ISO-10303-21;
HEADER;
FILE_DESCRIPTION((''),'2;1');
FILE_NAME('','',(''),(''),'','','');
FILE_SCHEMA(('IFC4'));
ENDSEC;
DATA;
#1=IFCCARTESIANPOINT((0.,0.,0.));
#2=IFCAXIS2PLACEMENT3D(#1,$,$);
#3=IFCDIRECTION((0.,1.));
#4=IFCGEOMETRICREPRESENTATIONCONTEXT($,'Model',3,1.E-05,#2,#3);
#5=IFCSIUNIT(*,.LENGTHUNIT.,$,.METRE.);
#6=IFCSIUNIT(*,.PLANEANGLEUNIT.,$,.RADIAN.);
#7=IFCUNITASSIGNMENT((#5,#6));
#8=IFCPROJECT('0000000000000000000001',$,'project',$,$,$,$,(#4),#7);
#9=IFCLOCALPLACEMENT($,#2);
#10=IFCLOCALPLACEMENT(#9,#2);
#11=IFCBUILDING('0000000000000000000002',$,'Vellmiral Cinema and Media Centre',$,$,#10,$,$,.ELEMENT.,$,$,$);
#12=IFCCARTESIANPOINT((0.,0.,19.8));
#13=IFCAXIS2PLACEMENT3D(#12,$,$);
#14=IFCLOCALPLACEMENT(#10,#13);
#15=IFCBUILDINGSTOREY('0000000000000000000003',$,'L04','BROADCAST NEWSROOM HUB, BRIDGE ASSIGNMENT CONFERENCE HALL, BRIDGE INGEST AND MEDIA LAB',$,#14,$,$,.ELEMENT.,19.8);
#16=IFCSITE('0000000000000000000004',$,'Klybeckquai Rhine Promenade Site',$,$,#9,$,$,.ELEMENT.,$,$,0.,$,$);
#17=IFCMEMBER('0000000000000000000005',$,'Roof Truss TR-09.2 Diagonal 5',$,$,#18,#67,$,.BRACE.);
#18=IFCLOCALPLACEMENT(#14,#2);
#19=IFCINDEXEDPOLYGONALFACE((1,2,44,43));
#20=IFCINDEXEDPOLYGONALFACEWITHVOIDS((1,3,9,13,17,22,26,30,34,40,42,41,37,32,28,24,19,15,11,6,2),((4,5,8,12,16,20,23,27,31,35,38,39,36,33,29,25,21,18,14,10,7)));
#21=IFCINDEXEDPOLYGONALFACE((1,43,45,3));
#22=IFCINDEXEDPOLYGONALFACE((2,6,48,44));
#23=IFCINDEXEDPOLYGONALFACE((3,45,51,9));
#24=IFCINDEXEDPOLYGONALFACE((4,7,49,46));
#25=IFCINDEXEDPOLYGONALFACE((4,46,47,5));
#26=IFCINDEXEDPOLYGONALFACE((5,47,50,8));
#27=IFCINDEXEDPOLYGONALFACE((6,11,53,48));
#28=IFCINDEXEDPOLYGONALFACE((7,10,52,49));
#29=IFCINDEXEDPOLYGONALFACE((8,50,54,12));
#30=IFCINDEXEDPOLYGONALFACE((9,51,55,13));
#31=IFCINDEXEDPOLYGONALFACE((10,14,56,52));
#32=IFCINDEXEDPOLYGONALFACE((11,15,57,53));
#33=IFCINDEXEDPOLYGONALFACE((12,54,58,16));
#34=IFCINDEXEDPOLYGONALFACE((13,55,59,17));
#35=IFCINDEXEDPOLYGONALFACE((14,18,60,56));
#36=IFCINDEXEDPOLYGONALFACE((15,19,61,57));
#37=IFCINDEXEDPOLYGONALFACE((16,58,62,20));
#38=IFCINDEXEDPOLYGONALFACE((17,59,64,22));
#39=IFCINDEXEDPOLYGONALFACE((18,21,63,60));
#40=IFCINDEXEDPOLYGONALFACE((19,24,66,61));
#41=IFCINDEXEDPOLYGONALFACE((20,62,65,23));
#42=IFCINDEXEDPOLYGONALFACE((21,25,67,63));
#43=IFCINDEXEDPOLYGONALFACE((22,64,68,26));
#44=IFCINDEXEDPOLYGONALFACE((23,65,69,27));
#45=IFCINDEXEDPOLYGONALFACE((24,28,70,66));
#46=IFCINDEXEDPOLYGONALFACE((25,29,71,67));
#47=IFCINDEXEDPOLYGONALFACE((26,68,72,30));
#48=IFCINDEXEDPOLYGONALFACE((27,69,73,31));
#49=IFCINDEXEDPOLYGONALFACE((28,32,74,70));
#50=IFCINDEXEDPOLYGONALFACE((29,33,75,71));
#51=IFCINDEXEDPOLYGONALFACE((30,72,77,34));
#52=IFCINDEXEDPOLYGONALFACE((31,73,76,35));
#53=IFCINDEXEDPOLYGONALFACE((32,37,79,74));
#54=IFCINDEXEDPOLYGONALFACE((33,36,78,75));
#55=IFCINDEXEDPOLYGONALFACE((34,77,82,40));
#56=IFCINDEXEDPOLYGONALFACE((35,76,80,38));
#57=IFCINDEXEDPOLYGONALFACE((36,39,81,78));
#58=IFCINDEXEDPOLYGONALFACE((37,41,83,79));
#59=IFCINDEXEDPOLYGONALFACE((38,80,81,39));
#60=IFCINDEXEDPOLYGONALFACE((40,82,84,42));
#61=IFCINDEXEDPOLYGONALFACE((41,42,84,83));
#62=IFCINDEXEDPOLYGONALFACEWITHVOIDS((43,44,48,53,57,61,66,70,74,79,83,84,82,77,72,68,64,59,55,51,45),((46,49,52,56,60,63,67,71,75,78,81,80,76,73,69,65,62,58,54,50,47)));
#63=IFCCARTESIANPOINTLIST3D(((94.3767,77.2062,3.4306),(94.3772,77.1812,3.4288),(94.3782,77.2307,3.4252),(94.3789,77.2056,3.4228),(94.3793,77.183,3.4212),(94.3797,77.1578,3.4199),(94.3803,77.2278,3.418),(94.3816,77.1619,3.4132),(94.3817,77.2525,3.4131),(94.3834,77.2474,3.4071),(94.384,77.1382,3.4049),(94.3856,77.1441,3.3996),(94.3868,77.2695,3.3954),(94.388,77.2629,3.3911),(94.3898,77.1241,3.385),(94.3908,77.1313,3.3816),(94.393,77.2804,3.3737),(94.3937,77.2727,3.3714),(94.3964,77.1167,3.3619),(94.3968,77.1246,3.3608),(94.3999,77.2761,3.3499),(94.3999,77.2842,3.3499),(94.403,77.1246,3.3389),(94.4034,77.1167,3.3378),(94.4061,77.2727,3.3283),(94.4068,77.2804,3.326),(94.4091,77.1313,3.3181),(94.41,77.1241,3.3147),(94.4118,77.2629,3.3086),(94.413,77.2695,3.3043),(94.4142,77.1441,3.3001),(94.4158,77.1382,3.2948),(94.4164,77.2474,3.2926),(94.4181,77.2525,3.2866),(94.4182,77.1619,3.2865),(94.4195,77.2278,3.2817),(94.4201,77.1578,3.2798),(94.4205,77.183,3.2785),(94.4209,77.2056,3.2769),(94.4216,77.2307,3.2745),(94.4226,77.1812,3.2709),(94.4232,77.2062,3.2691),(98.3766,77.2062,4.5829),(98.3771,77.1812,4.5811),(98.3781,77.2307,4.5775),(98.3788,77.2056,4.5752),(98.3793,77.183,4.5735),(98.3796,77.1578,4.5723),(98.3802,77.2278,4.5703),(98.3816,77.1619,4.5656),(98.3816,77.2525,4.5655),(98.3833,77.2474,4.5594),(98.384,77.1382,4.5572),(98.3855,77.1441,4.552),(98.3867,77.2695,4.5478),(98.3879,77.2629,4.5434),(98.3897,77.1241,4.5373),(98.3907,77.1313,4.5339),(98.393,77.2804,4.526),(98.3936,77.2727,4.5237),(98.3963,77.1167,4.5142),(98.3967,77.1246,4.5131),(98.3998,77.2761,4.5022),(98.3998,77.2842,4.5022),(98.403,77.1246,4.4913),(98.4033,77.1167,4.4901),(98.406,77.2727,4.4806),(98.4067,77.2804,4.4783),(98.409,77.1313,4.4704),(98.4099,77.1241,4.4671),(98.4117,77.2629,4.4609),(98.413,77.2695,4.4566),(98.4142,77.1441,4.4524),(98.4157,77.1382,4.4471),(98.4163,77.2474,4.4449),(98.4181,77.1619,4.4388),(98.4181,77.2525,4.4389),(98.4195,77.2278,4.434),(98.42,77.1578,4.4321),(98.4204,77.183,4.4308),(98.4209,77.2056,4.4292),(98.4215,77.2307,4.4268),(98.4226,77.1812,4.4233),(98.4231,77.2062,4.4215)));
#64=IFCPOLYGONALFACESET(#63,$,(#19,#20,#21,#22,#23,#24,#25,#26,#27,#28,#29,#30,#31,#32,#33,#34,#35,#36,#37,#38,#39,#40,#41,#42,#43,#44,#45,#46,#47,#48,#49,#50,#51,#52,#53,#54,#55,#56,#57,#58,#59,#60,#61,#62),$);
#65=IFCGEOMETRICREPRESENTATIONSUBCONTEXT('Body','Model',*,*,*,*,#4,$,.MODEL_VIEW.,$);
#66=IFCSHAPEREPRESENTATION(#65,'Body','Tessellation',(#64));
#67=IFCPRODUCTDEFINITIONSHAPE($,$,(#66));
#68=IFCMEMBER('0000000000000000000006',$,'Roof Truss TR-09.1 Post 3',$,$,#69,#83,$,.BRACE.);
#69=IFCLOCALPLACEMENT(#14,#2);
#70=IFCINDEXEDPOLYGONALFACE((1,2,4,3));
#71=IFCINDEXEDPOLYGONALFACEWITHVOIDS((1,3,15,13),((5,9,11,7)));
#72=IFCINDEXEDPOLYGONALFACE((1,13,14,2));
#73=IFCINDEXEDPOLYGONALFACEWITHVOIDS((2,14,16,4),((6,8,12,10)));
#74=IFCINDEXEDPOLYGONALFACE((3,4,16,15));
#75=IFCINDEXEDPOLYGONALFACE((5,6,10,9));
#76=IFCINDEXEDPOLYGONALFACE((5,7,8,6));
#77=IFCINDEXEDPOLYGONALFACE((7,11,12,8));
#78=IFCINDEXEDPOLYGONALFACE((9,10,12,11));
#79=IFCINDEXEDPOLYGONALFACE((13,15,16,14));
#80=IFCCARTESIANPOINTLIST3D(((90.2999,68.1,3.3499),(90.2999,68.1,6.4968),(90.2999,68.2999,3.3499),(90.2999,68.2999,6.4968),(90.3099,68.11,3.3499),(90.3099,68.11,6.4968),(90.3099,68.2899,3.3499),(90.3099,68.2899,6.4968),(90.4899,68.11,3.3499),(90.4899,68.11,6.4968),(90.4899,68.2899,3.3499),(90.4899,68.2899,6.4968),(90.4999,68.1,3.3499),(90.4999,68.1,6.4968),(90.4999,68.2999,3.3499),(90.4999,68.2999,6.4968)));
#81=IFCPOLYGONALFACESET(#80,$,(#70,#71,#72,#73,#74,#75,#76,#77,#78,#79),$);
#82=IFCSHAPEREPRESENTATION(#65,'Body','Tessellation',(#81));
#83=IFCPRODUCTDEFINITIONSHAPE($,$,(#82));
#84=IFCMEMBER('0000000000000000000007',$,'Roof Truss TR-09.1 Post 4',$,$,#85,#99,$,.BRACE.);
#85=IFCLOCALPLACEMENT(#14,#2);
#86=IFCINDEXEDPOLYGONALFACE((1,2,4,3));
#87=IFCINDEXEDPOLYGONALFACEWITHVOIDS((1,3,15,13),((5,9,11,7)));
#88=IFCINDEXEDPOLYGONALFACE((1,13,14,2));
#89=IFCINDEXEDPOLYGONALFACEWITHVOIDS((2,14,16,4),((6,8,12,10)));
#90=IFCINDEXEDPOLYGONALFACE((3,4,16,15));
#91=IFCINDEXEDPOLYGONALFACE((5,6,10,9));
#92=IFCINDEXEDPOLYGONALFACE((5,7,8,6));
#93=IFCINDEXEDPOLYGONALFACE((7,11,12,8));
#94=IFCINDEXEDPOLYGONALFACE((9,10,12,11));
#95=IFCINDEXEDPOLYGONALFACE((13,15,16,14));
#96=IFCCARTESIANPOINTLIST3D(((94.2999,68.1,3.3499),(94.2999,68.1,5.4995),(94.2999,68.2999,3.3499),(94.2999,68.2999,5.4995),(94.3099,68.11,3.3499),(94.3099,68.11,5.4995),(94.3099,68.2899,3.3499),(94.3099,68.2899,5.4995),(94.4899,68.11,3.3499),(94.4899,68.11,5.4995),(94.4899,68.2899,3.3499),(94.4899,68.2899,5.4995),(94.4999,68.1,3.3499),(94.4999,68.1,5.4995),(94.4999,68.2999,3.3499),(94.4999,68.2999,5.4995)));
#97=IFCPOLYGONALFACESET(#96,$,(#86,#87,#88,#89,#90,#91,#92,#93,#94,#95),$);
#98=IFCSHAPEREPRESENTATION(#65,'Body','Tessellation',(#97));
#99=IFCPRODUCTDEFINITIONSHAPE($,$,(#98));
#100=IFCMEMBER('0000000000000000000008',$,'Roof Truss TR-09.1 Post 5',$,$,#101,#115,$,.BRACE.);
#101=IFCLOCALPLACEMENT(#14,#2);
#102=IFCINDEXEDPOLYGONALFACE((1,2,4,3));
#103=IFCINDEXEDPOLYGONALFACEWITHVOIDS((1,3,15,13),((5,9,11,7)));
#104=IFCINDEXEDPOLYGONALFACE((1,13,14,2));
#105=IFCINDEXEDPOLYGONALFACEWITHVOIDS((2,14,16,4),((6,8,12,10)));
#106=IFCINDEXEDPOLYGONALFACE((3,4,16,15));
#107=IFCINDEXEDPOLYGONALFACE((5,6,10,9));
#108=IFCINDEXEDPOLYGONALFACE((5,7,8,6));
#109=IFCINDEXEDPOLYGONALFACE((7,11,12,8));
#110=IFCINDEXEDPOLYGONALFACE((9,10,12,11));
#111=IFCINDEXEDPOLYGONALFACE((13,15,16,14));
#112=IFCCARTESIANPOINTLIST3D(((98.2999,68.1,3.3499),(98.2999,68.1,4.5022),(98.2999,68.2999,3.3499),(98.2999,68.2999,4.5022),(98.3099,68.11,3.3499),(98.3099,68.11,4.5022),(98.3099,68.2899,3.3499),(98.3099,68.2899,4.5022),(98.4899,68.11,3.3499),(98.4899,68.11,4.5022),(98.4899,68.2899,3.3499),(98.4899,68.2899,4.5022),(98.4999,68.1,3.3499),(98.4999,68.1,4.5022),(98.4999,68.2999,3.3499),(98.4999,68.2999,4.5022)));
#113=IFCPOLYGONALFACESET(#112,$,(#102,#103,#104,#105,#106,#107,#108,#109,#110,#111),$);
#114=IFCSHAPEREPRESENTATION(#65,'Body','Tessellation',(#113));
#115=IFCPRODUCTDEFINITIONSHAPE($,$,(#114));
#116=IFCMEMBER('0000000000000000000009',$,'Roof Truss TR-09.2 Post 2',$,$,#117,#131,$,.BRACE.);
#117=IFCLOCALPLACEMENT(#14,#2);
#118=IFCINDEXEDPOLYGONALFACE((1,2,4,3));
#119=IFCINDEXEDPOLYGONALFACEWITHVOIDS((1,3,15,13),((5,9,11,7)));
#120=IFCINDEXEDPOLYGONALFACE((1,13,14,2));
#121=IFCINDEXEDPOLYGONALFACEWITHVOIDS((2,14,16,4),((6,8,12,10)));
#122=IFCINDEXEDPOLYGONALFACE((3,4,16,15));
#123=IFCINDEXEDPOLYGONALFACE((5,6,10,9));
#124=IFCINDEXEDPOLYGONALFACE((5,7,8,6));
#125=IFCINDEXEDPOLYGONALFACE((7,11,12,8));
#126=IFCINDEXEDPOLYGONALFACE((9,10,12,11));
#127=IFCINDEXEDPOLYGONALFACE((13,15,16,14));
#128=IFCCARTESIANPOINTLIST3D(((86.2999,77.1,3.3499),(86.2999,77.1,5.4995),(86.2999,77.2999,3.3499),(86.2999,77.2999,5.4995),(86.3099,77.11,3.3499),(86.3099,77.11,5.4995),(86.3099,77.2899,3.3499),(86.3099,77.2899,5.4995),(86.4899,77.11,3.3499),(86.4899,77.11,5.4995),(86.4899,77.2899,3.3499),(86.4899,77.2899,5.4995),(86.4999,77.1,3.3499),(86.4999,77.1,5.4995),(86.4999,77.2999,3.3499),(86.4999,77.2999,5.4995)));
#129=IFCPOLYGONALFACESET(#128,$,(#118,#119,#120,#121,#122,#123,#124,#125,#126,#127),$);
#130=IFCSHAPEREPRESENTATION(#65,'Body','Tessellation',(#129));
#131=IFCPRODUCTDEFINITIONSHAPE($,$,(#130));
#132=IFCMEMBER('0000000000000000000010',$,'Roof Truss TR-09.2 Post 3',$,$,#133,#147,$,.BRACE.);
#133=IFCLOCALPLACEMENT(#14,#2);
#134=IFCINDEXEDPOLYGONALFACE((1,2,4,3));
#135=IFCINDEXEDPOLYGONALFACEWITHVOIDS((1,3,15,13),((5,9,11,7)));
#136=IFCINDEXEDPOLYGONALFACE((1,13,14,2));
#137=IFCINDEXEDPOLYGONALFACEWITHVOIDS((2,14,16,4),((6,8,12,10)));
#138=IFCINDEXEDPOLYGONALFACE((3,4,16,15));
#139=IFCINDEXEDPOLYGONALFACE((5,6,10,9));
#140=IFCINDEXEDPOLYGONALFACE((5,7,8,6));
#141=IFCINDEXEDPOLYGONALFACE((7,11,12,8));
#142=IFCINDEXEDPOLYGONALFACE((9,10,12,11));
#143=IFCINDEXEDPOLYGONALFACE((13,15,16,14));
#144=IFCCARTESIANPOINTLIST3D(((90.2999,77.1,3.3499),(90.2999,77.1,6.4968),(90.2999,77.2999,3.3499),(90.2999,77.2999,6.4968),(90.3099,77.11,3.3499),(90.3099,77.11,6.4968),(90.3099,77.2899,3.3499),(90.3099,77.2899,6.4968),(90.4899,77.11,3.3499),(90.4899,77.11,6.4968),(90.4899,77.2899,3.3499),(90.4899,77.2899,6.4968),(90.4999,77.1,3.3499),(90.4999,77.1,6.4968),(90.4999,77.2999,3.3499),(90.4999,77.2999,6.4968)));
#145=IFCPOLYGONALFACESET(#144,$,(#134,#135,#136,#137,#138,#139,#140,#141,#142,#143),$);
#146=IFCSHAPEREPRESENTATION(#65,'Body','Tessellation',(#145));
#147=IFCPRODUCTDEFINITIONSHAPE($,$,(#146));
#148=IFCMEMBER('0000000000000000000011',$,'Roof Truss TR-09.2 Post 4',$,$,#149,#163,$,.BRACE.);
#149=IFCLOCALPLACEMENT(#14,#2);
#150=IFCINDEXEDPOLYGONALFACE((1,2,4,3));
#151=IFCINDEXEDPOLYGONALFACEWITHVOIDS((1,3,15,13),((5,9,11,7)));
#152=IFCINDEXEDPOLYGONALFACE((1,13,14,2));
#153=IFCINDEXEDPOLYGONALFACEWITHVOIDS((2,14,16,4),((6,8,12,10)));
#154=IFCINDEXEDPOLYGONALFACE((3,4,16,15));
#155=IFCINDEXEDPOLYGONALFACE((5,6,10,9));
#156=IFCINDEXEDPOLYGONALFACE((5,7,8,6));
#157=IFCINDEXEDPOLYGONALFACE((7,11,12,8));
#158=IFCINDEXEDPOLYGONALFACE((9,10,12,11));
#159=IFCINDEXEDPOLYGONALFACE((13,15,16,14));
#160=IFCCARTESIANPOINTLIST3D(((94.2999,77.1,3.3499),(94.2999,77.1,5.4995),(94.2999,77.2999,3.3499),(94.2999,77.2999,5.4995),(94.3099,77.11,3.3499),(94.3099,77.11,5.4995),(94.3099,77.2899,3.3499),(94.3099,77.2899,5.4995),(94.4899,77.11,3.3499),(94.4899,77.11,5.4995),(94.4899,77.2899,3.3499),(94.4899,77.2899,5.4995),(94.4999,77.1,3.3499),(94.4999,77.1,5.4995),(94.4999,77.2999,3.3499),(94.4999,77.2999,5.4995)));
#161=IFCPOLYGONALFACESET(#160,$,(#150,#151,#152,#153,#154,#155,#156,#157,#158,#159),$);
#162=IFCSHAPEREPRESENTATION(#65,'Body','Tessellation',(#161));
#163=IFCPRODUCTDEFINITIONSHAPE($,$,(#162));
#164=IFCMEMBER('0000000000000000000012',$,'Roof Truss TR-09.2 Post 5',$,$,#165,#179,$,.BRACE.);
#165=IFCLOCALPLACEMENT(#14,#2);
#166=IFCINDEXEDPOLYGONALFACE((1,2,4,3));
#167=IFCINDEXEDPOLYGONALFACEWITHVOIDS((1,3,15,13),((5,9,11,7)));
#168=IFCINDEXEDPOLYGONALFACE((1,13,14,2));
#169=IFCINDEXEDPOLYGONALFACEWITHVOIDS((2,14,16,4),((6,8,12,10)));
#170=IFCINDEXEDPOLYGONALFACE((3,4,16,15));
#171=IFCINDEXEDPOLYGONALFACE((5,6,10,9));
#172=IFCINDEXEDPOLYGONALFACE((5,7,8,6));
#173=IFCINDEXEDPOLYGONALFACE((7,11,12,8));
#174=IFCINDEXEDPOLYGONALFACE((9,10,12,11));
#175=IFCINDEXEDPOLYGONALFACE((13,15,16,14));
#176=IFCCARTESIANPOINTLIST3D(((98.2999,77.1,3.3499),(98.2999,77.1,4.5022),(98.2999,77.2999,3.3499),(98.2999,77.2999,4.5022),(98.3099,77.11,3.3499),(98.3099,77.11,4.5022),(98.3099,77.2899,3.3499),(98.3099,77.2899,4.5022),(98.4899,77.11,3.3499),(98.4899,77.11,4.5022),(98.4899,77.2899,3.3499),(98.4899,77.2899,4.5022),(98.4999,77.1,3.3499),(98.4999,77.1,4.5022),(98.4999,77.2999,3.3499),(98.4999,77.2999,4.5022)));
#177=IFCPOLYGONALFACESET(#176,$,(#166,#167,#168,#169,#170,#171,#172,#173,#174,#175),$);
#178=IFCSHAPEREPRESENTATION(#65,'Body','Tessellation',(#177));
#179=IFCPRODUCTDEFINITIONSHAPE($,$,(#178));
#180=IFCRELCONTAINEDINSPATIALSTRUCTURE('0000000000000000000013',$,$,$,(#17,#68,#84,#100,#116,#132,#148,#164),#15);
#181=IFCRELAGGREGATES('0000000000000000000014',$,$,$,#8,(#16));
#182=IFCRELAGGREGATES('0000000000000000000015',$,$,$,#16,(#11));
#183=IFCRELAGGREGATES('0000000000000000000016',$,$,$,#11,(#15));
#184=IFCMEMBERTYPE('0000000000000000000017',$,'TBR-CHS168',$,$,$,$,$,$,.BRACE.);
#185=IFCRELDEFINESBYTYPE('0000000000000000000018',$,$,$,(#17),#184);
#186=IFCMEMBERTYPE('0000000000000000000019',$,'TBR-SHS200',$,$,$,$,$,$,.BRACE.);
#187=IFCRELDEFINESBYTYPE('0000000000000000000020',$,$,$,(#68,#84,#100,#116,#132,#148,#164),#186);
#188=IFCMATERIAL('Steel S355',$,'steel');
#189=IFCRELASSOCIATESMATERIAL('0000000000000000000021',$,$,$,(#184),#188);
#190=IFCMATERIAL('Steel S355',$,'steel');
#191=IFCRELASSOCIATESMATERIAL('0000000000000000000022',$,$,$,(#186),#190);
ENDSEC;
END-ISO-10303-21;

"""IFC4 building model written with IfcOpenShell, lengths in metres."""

from ifc_helpers import new_model, si_unit, direction, frame, origin, origin_2d, place, context, subcontext, project, spatial, hollow_rectangle, hollow_circle, extrude, material, material_profile, profile_set, type_object, element, save


model = new_model("IFC4")

# Units and contexts
model_context = context("Model", 3, precision=1e-05, world=origin(), true_north=direction((0.0, 1.0)))
body_context = subcontext(model_context, "Body", "Model", "MODEL_VIEW")
ifc_project = project(units=[si_unit("LENGTHUNIT", "METRE"), si_unit("PLANEANGLEUNIT", "RADIAN")], contexts=[model_context])

# Site, building, storey
site_placement = place(None, origin())
site = spatial("IfcSite", under=ifc_project, at=site_placement, Name="Klybeckquai Rhine Promenade Site", CompositionType="ELEMENT", RefElevation=0.0)
building_placement = place(site_placement, origin())
building = spatial("IfcBuilding", under=site, at=building_placement, Name="Vellmiral Cinema and Media Centre", CompositionType="ELEMENT")
storey_placement = place(building_placement, frame((0.0, 0.0, 19.8)))
storey = spatial("IfcBuildingStorey", under=building, at=storey_placement, Name="L04", Description="BROADCAST NEWSROOM HUB, BRIDGE ASSIGNMENT CONFERENCE HALL, BRIDGE INGEST AND MEDIA LAB", CompositionType="ELEMENT", Elevation=19.8)

# Members
ifc_material_1 = material(Name="Steel S355", Category="steel")
ifc_material_profile_1 = material_profile(ifc_material_1, hollow_circle(Radius=0.0842, WallThickness=0.0081, at=origin_2d()), Name="CHS 168.3x8.0")
ifc_profile_set_1 = profile_set([ifc_material_profile_1], Name="Steel S355")
member_type_1 = type_object("IfcMemberType", Name="TBR-CHS168", PredefinedType="BRACE", material=ifc_profile_set_1)
member_1_placement = place(storey_placement, frame((94.3999, 77.2, 3.3499), z_axis=(0.96092, 0.0, 0.276827), x_axis=(0.0, 1.0, 0.0)))
element("IfcMember", 1, at=member_1_placement, inside=storey, type_object=member_type_1, Name="Roof Truss TR-09.2 Diagonal 5", PredefinedType="BRACE", context=body_context, shape_type="SweptSolid", body=[
    extrude(hollow_circle(Radius=0.0842, WallThickness=0.0081, at=origin_2d()), origin(), (0.0, 0.0, 1.0), 4.1626),
])
ifc_material_2 = material(Name="Steel S355", Category="steel")
ifc_material_profile_2 = material_profile(ifc_material_2, hollow_rectangle(XDim=0.2, YDim=0.2, WallThickness=0.01, at=origin_2d()), Name="SHS 200x200x10.0")
ifc_profile_set_2 = profile_set([ifc_material_profile_2], Name="Steel S355")
member_type_2 = type_object("IfcMemberType", Name="TBR-SHS200", PredefinedType="BRACE", material=ifc_profile_set_2)
member_2_placement = place(storey_placement, frame((90.3999, 68.2, 3.3499), z_axis=(0.0, 0.0, 1.0), x_axis=(1.0, 0.0, 0.0)))
element("IfcMember", 2, at=member_2_placement, inside=storey, type_object=member_type_2, Name="Roof Truss TR-09.1 Post 3", PredefinedType="BRACE", context=body_context, shape_type="SweptSolid", body=[
    extrude(hollow_rectangle(XDim=0.2, YDim=0.2, WallThickness=0.01, at=origin_2d()), origin(), (0.0, 0.0, 1.0), 3.147),
])
member_3_placement = place(storey_placement, frame((94.3999, 68.2, 3.3499), z_axis=(0.0, 0.0, 1.0), x_axis=(1.0, 0.0, 0.0)))
element("IfcMember", 3, at=member_3_placement, inside=storey, type_object=member_type_2, Name="Roof Truss TR-09.1 Post 4", PredefinedType="BRACE", context=body_context, shape_type="SweptSolid", body=[
    extrude(hollow_rectangle(XDim=0.2, YDim=0.2, WallThickness=0.01, at=origin_2d()), origin(), (0.0, 0.0, 1.0), 2.1497),
])
member_4_placement = place(storey_placement, frame((98.3999, 68.2, 3.3499), z_axis=(0.0, 0.0, 1.0), x_axis=(1.0, 0.0, 0.0)))
element("IfcMember", 4, at=member_4_placement, inside=storey, type_object=member_type_2, Name="Roof Truss TR-09.1 Post 5", PredefinedType="BRACE", context=body_context, shape_type="SweptSolid", body=[
    extrude(hollow_rectangle(XDim=0.2, YDim=0.2, WallThickness=0.01, at=origin_2d()), origin(), (0.0, 0.0, 1.0), 1.1523),
])
member_5_placement = place(storey_placement, frame((86.3999, 77.2, 3.3499), z_axis=(0.0, 0.0, 1.0), x_axis=(1.0, 0.0, 0.0)))
element("IfcMember", 5, at=member_5_placement, inside=storey, type_object=member_type_2, Name="Roof Truss TR-09.2 Post 2", PredefinedType="BRACE", context=body_context, shape_type="SweptSolid", body=[
    extrude(hollow_rectangle(XDim=0.2, YDim=0.2, WallThickness=0.01, at=origin_2d()), origin(), (0.0, 0.0, 1.0), 2.1497),
])
member_6_placement = place(storey_placement, frame((90.3999, 77.2, 3.3499), z_axis=(0.0, 0.0, 1.0), x_axis=(1.0, 0.0, 0.0)))
element("IfcMember", 6, at=member_6_placement, inside=storey, type_object=member_type_2, Name="Roof Truss TR-09.2 Post 3", PredefinedType="BRACE", context=body_context, shape_type="SweptSolid", body=[
    extrude(hollow_rectangle(XDim=0.2, YDim=0.2, WallThickness=0.01, at=origin_2d()), origin(), (0.0, 0.0, 1.0), 3.147),
])
member_7_placement = place(storey_placement, frame((94.3999, 77.2, 3.3499), z_axis=(0.0, 0.0, 1.0), x_axis=(1.0, 0.0, 0.0)))
element("IfcMember", 7, at=member_7_placement, inside=storey, type_object=member_type_2, Name="Roof Truss TR-09.2 Post 4", PredefinedType="BRACE", context=body_context, shape_type="SweptSolid", body=[
    extrude(hollow_rectangle(XDim=0.2, YDim=0.2, WallThickness=0.01, at=origin_2d()), origin(), (0.0, 0.0, 1.0), 2.1497),
])
member_8_placement = place(storey_placement, frame((98.3999, 77.2, 3.3499), z_axis=(0.0, 0.0, 1.0), x_axis=(1.0, 0.0, 0.0)))
element("IfcMember", 8, at=member_8_placement, inside=storey, type_object=member_type_2, Name="Roof Truss TR-09.2 Post 5", PredefinedType="BRACE", context=body_context, shape_type="SweptSolid", body=[
    extrude(hollow_rectangle(XDim=0.2, YDim=0.2, WallThickness=0.01, at=origin_2d()), origin(), (0.0, 0.0, 1.0), 1.1523),
])

save(model, "model.ifc")
